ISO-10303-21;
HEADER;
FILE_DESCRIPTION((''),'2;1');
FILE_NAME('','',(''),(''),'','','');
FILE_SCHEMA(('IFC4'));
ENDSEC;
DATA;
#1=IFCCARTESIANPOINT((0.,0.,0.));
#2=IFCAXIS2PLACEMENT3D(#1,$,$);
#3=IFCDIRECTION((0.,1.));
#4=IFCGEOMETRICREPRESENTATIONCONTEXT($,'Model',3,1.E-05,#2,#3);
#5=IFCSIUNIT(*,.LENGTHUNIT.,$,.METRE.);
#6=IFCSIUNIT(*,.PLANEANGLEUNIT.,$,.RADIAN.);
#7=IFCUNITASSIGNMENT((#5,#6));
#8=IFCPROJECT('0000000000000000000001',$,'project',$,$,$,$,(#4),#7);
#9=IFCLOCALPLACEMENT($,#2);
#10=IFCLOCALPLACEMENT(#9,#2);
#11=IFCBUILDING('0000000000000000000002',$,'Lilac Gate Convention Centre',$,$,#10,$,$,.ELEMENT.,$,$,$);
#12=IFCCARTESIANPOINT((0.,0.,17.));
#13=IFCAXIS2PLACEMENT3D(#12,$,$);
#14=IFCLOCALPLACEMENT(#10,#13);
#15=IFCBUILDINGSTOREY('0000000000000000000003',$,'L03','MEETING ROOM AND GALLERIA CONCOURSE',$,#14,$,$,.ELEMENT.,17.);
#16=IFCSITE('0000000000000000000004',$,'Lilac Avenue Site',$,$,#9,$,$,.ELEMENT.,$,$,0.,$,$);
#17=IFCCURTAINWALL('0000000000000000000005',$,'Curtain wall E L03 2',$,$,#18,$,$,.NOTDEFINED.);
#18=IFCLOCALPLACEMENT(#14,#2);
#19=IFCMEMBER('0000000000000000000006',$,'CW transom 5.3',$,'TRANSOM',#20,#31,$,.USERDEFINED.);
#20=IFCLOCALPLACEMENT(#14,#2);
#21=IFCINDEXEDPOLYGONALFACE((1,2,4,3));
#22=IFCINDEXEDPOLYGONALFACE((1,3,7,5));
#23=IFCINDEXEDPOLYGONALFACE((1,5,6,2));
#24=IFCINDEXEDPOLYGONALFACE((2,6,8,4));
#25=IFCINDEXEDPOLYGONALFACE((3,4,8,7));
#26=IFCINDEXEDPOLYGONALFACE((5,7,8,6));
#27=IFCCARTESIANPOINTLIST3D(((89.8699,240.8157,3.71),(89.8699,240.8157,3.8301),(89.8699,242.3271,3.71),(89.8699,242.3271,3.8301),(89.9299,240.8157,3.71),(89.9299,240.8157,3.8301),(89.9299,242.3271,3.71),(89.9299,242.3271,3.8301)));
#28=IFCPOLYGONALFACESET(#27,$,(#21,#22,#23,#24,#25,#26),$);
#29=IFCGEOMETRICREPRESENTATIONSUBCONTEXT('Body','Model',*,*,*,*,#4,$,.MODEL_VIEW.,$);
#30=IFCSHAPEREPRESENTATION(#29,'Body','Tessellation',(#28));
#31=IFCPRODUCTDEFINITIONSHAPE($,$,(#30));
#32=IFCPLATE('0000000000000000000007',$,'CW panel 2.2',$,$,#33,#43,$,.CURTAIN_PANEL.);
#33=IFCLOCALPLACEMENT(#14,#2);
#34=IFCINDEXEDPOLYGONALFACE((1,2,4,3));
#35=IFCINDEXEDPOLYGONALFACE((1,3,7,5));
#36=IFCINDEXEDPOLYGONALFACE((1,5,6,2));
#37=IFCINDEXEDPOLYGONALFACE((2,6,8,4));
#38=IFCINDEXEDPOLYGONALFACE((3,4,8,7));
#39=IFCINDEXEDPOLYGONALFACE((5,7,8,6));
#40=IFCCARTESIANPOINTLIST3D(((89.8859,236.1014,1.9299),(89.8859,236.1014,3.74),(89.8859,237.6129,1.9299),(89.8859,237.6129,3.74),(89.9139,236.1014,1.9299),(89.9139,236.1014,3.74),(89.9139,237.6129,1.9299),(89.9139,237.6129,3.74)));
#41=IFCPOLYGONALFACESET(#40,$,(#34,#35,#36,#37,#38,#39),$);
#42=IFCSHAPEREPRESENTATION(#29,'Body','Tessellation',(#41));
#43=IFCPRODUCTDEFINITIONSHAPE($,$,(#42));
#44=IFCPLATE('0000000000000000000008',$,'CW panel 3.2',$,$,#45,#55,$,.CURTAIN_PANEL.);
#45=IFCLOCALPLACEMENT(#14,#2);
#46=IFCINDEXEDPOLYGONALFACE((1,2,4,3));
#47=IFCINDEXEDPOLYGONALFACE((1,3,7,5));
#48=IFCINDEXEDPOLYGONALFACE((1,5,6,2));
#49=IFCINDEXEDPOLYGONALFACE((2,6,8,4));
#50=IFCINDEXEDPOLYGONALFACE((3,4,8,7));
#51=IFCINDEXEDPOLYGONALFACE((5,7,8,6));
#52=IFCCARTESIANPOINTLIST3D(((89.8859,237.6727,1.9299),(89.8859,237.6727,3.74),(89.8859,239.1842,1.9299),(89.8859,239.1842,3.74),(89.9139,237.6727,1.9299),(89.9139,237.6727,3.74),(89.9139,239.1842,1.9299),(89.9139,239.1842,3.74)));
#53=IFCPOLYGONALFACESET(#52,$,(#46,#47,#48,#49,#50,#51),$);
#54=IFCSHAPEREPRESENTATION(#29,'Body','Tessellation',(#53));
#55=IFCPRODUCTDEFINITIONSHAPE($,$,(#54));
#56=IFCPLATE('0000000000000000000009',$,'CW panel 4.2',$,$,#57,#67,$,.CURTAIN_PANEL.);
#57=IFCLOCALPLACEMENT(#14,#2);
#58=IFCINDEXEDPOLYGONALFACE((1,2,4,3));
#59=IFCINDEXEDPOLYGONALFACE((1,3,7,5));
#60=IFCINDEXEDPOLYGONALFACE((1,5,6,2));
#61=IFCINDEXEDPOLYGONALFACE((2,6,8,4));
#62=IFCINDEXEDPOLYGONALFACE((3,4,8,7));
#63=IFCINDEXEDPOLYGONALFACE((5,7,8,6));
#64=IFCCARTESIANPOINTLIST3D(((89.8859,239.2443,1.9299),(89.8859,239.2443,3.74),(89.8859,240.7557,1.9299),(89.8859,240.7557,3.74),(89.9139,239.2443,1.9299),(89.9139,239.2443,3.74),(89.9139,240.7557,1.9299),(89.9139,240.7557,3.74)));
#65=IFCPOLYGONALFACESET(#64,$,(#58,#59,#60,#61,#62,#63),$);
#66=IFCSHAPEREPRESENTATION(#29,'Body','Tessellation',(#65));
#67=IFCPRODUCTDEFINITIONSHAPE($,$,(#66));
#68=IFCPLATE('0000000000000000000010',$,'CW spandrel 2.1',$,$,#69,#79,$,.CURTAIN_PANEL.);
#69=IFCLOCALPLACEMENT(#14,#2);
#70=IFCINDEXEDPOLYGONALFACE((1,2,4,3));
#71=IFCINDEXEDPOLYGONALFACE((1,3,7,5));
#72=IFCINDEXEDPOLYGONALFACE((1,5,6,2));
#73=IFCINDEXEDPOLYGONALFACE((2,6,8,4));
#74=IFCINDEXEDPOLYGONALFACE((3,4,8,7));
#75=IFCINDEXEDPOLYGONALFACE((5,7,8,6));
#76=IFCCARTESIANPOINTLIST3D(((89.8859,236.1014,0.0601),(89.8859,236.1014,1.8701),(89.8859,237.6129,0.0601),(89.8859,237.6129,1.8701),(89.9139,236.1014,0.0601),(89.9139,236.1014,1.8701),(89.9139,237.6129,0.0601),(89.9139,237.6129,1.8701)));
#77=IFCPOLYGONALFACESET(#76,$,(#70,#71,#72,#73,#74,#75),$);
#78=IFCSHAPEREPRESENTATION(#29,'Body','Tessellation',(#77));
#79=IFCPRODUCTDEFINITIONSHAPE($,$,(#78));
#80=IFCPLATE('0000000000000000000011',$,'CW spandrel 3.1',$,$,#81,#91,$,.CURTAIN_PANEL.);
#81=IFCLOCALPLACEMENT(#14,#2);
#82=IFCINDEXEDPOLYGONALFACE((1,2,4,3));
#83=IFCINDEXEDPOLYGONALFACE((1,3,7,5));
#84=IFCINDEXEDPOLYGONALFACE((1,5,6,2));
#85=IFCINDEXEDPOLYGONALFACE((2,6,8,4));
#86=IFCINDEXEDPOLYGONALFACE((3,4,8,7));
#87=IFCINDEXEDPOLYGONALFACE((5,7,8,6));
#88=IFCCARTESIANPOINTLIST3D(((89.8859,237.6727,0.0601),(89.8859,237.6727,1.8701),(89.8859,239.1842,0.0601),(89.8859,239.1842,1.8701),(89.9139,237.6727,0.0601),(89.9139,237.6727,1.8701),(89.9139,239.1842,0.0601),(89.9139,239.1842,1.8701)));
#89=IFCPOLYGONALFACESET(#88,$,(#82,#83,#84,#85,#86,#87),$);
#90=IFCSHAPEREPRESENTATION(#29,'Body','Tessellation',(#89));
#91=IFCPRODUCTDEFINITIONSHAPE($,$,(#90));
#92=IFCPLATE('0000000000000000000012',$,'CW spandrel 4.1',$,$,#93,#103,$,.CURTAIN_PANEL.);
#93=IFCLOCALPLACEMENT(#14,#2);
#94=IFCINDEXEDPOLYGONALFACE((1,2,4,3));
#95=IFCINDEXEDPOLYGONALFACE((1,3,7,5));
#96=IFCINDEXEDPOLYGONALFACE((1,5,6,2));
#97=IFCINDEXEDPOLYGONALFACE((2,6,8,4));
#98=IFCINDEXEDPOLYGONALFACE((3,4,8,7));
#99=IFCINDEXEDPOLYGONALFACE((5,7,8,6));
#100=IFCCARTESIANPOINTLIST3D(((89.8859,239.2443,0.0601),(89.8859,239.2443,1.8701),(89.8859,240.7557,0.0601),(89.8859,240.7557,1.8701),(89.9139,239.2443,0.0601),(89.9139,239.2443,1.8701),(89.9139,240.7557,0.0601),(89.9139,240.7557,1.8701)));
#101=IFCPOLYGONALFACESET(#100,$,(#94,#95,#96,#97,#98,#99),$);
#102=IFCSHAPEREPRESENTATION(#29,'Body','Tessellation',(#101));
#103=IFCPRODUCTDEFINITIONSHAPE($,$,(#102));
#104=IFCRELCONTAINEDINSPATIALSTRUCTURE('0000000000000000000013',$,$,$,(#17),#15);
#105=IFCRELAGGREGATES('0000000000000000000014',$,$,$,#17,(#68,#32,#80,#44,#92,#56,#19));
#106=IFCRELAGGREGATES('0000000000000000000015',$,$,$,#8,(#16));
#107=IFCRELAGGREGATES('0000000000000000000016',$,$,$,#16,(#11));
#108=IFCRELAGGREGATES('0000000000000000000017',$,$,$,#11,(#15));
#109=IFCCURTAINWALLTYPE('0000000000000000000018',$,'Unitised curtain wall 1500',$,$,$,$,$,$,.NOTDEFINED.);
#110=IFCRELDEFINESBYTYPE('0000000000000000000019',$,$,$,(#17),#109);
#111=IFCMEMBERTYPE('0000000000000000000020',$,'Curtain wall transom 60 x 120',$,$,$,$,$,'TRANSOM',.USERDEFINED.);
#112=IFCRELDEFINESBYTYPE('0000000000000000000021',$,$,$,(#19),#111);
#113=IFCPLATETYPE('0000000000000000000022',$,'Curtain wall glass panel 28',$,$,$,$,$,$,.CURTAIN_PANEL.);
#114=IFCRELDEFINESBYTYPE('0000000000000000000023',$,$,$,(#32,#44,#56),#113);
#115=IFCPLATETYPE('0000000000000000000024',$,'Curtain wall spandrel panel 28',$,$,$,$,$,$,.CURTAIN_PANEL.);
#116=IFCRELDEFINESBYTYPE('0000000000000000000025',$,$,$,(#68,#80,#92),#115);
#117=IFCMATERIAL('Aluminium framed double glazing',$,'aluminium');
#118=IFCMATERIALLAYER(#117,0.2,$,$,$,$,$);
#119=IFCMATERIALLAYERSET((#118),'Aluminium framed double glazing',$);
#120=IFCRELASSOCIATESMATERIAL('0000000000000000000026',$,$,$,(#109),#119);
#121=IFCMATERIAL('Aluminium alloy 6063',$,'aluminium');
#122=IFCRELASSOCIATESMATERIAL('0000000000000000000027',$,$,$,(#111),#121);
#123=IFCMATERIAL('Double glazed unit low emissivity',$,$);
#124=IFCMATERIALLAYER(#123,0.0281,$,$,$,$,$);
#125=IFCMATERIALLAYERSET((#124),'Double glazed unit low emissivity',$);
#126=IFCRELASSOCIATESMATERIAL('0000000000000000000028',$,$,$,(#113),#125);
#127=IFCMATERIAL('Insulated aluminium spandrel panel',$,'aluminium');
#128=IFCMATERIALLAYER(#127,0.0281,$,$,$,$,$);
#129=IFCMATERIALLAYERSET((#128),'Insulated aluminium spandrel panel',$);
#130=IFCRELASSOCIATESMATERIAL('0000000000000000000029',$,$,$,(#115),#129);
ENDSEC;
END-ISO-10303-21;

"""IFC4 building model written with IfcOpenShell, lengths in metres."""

from ifc_helpers import new_model, si_unit, direction, frame, origin, origin_2d, place, context, subcontext, project, spatial, rectangle, extrude, material, layer, layer_set, material_profile, profile_set, type_object, element, aggregate, save


model = new_model("IFC4")

# Units and contexts
model_context = context("Model", 3, precision=1e-05, world=origin(), true_north=direction((0.0, 1.0)))
body_context = subcontext(model_context, "Body", "Model", "MODEL_VIEW")
ifc_project = project(units=[si_unit("LENGTHUNIT", "METRE"), si_unit("PLANEANGLEUNIT", "RADIAN")], contexts=[model_context])

# Site, building, storey
site_placement = place(None, origin())
site = spatial("IfcSite", under=ifc_project, at=site_placement, Name="Lilac Avenue Site", CompositionType="ELEMENT", RefElevation=0.0)
building_placement = place(site_placement, origin())
building = spatial("IfcBuilding", under=site, at=building_placement, Name="Lilac Gate Convention Centre", CompositionType="ELEMENT")
storey_placement = place(building_placement, frame((0.0, 0.0, 17.0)))
storey = spatial("IfcBuildingStorey", under=building, at=storey_placement, Name="L03", Description="MEETING ROOM AND GALLERIA CONCOURSE", CompositionType="ELEMENT", Elevation=17.0)

# Curtain wall, member, plates
ifc_material_1 = material(Name="Aluminium framed double glazing", Category="aluminium")
ifc_layer_1 = layer(ifc_material_1, 0.2)
ifc_layer_set_1 = layer_set([ifc_layer_1], Name="Aluminium framed double glazing")
curtain_wall_type = type_object("IfcCurtainWallType", Name="Unitised curtain wall 1500", PredefinedType="NOTDEFINED", material=ifc_layer_set_1)
curtain_wall_placement = place(storey_placement, origin())
curtain_wall = element("IfcCurtainWall", 1, at=curtain_wall_placement, inside=storey, type_object=curtain_wall_type, Name="Curtain wall E L03 2", PredefinedType="NOTDEFINED")
ifc_material_2 = material(Name="Aluminium alloy 6063", Category="aluminium")
ifc_material_profile_1 = material_profile(ifc_material_2, rectangle(XDim=0.0601, YDim=0.1201, at=origin_2d()), Name="Curtain wall transom 60 x 120")
ifc_profile_set_1 = profile_set([ifc_material_profile_1], Name="Aluminium alloy 6063")
member_type_1 = type_object("IfcMemberType", Name="Curtain wall transom 60 x 120", ElementType="TRANSOM", PredefinedType="USERDEFINED", material=ifc_profile_set_1)
member_1_placement = place(storey_placement, frame((89.8999, 240.8157, 3.77), z_axis=(0.0, 1.0, 0.0), x_axis=(-1.0, 0.0, 0.0)))
member_1 = element("IfcMember", 2, at=member_1_placement, type_object=member_type_1, Name="CW transom 5.3", ObjectType="TRANSOM", PredefinedType="USERDEFINED", context=body_context, shape_type="SweptSolid", body=[
    extrude(rectangle(XDim=0.0601, YDim=0.1201, at=origin_2d()), origin(), (0.0, 0.0, 1.0), 1.5115),
])
ifc_material_3 = material(Name="Double glazed unit low emissivity")
ifc_layer_2 = layer(ifc_material_3, 0.0281)
ifc_layer_set_2 = layer_set([ifc_layer_2], Name="Double glazed unit low emissivity")
plate_type_1 = type_object("IfcPlateType", Name="Curtain wall glass panel 28", PredefinedType="CURTAIN_PANEL", material=ifc_layer_set_2)
plate_1_placement = place(storey_placement, frame((89.8999, 236.8572, 1.9299), z_axis=(0.0, 0.0, 1.0), x_axis=(0.0, 1.0, 0.0)))
plate_1 = element("IfcPlate", 3, at=plate_1_placement, type_object=plate_type_1, Name="CW panel 2.2", PredefinedType="CURTAIN_PANEL", context=body_context, shape_type="SweptSolid", body=[
    extrude(rectangle(XDim=1.5115, YDim=0.0281, at=origin_2d()), origin(), (0.0, 0.0, 1.0), 1.8101),
])
plate_2_placement = place(storey_placement, frame((89.8999, 238.4285, 1.9299), z_axis=(0.0, 0.0, 1.0), x_axis=(0.0, 1.0, 0.0)))
plate_2 = element("IfcPlate", 4, at=plate_2_placement, type_object=plate_type_1, Name="CW panel 3.2", PredefinedType="CURTAIN_PANEL", context=body_context, shape_type="SweptSolid", body=[
    extrude(rectangle(XDim=1.5115, YDim=0.0281, at=origin_2d()), origin(), (0.0, 0.0, 1.0), 1.8101),
])
plate_3_placement = place(storey_placement, frame((89.8999, 240.0, 1.9299), z_axis=(0.0, 0.0, 1.0), x_axis=(0.0, 1.0, 0.0)))
plate_3 = element("IfcPlate", 5, at=plate_3_placement, type_object=plate_type_1, Name="CW panel 4.2", PredefinedType="CURTAIN_PANEL", context=body_context, shape_type="SweptSolid", body=[
    extrude(rectangle(XDim=1.5115, YDim=0.0281, at=origin_2d()), origin(), (0.0, 0.0, 1.0), 1.8101),
])
ifc_material_4 = material(Name="Insulated aluminium spandrel panel", Category="aluminium")
ifc_layer_3 = layer(ifc_material_4, 0.0281)
ifc_layer_set_3 = layer_set([ifc_layer_3], Name="Insulated aluminium spandrel panel")
plate_type_2 = type_object("IfcPlateType", Name="Curtain wall spandrel panel 28", PredefinedType="CURTAIN_PANEL", material=ifc_layer_set_3)
plate_4_placement = place(storey_placement, frame((89.8999, 236.8572, 0.0601), z_axis=(0.0, 0.0, 1.0), x_axis=(0.0, 1.0, 0.0)))
plate_4 = element("IfcPlate", 6, at=plate_4_placement, type_object=plate_type_2, Name="CW spandrel 2.1", PredefinedType="CURTAIN_PANEL", context=body_context, shape_type="SweptSolid", body=[
    extrude(rectangle(XDim=1.5115, YDim=0.0281, at=origin_2d()), origin(), (0.0, 0.0, 1.0), 1.8101),
])
plate_5_placement = place(storey_placement, frame((89.8999, 238.4285, 0.0601), z_axis=(0.0, 0.0, 1.0), x_axis=(0.0, 1.0, 0.0)))
plate_5 = element("IfcPlate", 7, at=plate_5_placement, type_object=plate_type_2, Name="CW spandrel 3.1", PredefinedType="CURTAIN_PANEL", context=body_context, shape_type="SweptSolid", body=[
    extrude(rectangle(XDim=1.5115, YDim=0.0281, at=origin_2d()), origin(), (0.0, 0.0, 1.0), 1.8101),
])
plate_6_placement = place(storey_placement, frame((89.8999, 240.0, 0.0601), z_axis=(0.0, 0.0, 1.0), x_axis=(0.0, 1.0, 0.0)))
plate_6 = element("IfcPlate", 8, at=plate_6_placement, type_object=plate_type_2, Name="CW spandrel 4.1", PredefinedType="CURTAIN_PANEL", context=body_context, shape_type="SweptSolid", body=[
    extrude(rectangle(XDim=1.5115, YDim=0.0281, at=origin_2d()), origin(), (0.0, 0.0, 1.0), 1.8101),
])
aggregate(curtain_wall, [plate_4, plate_1, plate_5, plate_2, plate_6, plate_3, member_1])

save(model, "model.ifc")
